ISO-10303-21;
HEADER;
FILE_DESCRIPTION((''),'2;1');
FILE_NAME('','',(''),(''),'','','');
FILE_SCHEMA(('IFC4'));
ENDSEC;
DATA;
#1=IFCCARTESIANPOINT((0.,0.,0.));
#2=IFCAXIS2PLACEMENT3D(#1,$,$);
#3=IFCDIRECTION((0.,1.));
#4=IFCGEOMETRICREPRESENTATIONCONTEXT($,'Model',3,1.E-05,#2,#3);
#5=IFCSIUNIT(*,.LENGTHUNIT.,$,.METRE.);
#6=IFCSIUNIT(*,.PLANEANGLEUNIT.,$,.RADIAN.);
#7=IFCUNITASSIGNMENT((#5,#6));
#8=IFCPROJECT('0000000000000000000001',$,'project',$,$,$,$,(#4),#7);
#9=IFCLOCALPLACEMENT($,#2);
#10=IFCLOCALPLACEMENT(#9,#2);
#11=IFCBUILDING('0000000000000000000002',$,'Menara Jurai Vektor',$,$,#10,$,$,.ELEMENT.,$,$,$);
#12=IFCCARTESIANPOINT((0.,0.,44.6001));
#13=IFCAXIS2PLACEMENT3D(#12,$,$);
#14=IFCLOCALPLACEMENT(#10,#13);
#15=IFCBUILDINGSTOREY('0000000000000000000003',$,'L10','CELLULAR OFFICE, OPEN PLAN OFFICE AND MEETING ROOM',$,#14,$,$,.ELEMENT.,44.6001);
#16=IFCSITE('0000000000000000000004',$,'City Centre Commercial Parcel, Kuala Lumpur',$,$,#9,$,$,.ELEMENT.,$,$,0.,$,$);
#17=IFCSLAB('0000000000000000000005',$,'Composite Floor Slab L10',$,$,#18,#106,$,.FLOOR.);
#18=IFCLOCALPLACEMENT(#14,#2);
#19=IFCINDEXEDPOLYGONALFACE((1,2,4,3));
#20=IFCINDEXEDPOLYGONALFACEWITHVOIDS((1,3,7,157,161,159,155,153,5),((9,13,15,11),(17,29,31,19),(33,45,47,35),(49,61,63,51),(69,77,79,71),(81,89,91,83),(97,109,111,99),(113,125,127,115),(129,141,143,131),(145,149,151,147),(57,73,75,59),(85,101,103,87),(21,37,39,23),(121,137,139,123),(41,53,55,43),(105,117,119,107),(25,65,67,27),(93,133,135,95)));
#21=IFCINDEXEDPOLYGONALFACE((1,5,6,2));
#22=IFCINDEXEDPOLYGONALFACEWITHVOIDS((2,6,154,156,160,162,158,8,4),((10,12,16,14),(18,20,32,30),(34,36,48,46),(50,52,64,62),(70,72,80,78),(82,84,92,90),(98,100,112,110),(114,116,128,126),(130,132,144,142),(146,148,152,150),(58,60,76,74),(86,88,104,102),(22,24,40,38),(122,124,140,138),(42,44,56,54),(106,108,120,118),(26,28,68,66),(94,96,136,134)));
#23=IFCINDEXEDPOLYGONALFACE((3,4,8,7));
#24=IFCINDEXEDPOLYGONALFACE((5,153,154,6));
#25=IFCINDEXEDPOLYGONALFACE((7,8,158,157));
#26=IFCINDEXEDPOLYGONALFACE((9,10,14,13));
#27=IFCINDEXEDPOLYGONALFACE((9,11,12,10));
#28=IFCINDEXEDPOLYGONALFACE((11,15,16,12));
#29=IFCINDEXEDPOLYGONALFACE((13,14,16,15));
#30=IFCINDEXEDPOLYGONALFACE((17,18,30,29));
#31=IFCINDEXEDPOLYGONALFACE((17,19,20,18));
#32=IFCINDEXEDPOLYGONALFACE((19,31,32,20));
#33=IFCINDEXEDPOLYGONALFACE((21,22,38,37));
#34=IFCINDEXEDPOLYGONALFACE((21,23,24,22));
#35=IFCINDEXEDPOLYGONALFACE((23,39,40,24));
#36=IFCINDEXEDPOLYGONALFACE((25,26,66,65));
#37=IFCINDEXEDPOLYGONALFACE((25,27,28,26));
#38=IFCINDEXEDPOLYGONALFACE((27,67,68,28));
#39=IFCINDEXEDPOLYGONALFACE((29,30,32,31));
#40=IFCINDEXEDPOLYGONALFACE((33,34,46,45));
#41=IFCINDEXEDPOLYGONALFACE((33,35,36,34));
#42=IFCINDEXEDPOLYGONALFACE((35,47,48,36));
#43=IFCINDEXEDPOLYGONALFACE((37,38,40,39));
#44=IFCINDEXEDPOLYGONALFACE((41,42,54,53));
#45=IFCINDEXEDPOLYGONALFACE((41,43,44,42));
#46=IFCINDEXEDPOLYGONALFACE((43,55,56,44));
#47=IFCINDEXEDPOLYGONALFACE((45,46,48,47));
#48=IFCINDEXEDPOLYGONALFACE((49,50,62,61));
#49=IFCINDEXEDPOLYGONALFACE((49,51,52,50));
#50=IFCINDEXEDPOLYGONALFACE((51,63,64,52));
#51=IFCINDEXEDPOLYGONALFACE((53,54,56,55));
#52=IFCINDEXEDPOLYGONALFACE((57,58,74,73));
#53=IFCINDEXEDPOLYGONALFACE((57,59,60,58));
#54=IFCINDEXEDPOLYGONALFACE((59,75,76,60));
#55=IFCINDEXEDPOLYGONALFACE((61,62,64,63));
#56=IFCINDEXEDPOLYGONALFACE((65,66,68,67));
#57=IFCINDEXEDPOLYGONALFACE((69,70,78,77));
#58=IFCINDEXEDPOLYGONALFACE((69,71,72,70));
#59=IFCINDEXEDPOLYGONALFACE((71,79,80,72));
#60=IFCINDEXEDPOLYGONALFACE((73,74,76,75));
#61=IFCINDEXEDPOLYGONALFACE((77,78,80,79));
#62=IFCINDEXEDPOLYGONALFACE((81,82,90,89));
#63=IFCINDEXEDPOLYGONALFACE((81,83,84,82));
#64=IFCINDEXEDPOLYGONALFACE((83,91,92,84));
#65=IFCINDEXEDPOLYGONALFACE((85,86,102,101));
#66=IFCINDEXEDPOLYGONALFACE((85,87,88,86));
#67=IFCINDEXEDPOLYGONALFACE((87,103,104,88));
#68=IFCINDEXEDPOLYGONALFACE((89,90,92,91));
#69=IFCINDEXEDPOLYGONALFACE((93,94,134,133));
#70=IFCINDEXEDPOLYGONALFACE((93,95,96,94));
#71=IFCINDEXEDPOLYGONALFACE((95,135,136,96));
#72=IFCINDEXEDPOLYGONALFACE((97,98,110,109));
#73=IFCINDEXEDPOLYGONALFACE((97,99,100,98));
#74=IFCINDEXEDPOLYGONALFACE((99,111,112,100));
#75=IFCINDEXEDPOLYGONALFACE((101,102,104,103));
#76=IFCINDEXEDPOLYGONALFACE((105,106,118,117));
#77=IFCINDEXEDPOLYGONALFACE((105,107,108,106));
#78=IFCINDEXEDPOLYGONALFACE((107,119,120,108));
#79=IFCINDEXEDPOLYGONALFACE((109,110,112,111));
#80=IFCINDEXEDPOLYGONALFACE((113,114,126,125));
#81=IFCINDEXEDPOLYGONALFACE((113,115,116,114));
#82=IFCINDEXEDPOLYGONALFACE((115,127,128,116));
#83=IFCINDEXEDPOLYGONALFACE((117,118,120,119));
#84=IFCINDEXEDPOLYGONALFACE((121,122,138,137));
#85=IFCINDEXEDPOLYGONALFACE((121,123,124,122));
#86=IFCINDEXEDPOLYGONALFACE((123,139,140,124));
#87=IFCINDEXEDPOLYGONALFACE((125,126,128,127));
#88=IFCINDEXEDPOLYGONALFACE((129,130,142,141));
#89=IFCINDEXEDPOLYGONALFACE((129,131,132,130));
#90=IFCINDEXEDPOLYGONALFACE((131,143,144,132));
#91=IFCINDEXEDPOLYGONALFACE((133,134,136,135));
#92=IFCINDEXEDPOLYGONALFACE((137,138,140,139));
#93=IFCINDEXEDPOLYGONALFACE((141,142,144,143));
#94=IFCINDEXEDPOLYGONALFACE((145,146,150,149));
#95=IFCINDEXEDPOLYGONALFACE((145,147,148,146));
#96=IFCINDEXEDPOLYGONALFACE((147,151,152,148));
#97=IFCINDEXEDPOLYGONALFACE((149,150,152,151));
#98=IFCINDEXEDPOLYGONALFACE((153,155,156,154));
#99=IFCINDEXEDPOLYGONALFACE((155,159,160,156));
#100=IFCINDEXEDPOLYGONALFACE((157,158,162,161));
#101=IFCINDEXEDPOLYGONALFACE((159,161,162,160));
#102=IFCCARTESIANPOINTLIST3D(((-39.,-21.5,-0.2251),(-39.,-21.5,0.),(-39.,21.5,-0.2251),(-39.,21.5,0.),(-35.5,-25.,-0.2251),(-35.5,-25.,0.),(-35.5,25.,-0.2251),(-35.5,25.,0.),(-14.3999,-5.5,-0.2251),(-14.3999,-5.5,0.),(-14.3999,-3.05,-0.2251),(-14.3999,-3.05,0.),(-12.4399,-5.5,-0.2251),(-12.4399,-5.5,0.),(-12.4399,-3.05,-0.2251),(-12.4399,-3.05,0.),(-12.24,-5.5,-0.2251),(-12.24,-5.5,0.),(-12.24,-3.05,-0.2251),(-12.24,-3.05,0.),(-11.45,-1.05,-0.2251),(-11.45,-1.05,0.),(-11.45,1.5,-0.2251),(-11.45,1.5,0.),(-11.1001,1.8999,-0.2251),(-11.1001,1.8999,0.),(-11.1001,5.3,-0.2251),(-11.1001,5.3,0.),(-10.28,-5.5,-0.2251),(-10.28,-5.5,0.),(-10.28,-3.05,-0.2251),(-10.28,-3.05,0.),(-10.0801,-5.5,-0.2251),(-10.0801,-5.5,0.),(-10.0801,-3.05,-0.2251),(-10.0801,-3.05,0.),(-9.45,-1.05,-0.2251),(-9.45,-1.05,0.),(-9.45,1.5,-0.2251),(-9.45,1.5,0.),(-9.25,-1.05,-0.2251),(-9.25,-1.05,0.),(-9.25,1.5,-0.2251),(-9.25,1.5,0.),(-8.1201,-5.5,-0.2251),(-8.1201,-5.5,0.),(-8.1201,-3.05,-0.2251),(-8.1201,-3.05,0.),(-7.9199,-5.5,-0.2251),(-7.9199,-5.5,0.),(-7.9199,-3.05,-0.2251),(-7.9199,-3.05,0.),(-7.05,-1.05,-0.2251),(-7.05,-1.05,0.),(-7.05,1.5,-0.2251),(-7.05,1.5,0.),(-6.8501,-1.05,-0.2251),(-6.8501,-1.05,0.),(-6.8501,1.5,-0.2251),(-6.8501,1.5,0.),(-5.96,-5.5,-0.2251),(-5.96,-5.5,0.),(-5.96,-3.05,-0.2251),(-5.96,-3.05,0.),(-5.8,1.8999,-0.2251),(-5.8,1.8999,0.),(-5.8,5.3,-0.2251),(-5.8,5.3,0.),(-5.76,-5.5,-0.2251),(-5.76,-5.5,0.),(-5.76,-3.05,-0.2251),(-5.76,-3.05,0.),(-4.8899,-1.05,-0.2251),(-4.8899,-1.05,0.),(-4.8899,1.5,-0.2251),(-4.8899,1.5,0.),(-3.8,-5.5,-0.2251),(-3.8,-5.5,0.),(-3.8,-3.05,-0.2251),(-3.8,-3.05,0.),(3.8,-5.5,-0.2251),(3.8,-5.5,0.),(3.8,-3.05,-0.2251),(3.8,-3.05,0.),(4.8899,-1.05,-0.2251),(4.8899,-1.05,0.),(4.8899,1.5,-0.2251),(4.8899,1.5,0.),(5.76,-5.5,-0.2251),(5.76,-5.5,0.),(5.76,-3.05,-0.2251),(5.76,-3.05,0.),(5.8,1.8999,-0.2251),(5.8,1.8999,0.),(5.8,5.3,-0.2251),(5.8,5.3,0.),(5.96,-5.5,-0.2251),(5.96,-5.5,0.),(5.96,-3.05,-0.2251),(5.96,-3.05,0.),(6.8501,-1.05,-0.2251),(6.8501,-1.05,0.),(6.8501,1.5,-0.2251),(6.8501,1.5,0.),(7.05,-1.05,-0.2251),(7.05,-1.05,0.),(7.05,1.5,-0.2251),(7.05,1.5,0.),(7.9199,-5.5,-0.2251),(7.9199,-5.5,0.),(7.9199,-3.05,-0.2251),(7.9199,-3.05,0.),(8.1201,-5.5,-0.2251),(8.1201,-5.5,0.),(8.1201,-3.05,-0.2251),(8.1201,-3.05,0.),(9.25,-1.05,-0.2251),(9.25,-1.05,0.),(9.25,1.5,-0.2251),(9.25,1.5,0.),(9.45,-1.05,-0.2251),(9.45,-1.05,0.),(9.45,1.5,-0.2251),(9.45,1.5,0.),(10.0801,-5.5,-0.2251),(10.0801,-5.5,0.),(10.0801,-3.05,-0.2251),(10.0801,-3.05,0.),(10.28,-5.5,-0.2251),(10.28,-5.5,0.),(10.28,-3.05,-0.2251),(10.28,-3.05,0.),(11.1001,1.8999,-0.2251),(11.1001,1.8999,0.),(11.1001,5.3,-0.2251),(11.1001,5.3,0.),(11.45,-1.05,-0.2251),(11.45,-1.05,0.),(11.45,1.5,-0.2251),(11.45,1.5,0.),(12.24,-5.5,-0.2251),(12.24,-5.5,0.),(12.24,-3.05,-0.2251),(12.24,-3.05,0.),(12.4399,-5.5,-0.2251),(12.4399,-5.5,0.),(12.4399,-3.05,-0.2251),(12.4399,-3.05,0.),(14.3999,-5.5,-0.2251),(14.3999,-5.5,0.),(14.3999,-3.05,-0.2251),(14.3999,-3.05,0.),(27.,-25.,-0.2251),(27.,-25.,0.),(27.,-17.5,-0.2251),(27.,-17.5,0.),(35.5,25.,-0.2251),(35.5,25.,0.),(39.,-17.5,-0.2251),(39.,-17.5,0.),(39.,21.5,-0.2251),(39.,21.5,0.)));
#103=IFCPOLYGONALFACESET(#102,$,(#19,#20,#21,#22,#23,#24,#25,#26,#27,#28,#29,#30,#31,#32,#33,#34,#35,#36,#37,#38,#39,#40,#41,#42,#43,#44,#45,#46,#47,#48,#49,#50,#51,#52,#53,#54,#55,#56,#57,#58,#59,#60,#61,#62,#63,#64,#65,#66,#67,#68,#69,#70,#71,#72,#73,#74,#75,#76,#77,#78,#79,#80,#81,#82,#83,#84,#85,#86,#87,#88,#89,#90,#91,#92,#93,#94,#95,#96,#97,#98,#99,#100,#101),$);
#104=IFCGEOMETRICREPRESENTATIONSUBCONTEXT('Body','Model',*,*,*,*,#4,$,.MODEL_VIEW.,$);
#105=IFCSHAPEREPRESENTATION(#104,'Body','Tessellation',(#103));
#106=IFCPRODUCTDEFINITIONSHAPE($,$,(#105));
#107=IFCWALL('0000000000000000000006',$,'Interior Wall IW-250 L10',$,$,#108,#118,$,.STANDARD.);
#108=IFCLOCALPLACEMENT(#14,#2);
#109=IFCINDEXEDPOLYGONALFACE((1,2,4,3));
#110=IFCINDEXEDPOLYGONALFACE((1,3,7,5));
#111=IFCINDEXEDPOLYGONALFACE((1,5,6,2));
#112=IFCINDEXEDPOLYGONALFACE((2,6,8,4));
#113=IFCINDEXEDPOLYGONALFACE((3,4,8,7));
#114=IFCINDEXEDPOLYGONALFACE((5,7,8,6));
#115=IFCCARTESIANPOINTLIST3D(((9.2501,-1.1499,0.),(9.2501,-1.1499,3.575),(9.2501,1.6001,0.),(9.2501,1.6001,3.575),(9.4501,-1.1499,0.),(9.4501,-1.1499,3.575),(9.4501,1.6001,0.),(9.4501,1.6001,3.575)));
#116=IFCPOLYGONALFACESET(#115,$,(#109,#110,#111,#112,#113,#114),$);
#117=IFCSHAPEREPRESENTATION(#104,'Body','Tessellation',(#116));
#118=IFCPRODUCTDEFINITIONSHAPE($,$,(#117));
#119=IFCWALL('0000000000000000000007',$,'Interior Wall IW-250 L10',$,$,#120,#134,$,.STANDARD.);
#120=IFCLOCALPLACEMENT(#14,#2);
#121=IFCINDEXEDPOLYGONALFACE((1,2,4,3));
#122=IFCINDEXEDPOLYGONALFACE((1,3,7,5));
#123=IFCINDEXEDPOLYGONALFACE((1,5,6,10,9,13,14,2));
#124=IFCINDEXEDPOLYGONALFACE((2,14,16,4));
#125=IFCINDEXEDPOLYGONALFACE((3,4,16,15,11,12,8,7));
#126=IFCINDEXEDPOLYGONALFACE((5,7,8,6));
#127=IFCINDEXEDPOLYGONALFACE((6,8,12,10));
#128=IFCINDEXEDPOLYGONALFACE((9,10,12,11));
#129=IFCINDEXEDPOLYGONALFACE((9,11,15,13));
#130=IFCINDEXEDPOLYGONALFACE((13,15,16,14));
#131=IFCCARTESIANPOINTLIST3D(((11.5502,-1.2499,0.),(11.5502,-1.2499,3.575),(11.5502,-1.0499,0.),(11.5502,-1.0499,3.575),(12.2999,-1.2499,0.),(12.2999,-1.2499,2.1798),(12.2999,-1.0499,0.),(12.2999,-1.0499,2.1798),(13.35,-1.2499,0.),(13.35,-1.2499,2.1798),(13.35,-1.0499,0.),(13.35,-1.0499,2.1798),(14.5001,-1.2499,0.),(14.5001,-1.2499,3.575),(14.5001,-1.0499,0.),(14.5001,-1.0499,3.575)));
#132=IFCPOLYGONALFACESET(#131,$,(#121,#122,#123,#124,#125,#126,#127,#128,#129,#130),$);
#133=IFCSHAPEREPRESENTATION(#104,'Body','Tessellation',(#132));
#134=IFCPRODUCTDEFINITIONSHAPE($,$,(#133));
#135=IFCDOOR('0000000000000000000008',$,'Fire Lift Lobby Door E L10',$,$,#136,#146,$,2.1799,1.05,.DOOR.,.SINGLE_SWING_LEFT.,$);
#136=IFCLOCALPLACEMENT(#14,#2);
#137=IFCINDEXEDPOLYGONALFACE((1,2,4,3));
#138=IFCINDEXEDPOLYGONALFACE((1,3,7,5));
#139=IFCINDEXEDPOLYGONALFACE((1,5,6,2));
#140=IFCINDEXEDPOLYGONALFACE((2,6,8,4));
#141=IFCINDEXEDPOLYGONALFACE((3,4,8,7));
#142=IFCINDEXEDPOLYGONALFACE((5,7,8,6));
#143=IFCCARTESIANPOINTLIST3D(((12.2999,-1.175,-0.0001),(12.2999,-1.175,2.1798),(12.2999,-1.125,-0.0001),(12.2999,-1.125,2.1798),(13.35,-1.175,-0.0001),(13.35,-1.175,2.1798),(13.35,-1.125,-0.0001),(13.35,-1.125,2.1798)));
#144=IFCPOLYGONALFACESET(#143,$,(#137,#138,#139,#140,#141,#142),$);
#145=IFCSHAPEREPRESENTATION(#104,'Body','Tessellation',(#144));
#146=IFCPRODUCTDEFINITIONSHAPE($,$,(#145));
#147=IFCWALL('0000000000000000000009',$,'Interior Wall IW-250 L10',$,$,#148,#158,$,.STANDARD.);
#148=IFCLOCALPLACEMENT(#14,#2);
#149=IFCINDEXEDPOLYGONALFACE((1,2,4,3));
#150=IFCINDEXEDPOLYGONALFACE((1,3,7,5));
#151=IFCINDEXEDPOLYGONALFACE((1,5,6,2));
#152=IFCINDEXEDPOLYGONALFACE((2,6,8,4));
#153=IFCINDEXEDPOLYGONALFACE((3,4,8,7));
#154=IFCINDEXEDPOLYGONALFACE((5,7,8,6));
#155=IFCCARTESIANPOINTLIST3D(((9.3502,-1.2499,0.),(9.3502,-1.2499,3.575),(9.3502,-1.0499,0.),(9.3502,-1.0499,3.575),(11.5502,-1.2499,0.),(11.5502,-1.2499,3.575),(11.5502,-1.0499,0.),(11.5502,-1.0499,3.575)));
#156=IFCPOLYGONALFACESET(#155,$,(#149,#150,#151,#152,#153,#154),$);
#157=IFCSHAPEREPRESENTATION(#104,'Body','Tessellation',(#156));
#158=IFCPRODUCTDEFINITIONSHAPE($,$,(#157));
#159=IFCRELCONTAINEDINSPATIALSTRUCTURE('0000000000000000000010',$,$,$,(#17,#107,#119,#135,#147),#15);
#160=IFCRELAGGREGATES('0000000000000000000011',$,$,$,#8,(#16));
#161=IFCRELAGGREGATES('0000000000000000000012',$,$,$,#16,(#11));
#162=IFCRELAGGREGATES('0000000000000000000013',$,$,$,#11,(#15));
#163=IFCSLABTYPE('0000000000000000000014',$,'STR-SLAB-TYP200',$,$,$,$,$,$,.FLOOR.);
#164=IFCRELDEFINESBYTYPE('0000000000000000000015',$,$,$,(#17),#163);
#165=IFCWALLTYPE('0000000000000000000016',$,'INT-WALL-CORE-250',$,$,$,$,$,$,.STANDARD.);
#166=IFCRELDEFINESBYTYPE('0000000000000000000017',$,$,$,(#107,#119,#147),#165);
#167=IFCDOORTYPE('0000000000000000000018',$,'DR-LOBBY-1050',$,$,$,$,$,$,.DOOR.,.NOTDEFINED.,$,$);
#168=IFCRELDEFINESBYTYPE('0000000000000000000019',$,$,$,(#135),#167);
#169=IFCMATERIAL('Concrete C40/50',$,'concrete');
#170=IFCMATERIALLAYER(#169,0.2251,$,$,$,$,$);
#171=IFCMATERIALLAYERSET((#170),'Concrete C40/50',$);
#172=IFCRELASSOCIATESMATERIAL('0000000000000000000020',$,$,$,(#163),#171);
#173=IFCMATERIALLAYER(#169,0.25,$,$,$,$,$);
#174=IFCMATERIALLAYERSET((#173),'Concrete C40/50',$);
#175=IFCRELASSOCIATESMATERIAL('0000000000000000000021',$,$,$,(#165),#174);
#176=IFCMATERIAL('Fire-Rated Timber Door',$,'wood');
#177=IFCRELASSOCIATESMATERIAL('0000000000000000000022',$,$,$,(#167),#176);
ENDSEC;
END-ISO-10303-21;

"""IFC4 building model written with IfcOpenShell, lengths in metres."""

from ifc_helpers import new_model, si_unit, direction, frame, frame_2d, origin, place, context, subcontext, project, spatial, polyline, rectangle, outline, extrude, material, layer, layer_set, type_object, element, fill, save


model = new_model("IFC4")

# Units and contexts
model_context = context("Model", 3, precision=1e-05, world=origin(), true_north=direction((0.0, 1.0)))
body_context = subcontext(model_context, "Body", "Model", "MODEL_VIEW")
ifc_project = project(units=[si_unit("LENGTHUNIT", "METRE"), si_unit("PLANEANGLEUNIT", "RADIAN")], contexts=[model_context])

# Site, building, storey
site_placement = place(None, origin())
site = spatial("IfcSite", under=ifc_project, at=site_placement, Name="City Centre Commercial Parcel, Kuala Lumpur", CompositionType="ELEMENT", RefElevation=0.0)
building_placement = place(site_placement, origin())
building = spatial("IfcBuilding", under=site, at=building_placement, Name="Menara Jurai Vektor", CompositionType="ELEMENT")
storey_placement = place(building_placement, frame((0.0, 0.0, 44.6001)))
storey = spatial("IfcBuildingStorey", under=building, at=storey_placement, Name="L10", Description="CELLULAR OFFICE, OPEN PLAN OFFICE AND MEETING ROOM", CompositionType="ELEMENT", Elevation=44.6001)

# Shared definitions
ifc_material_1 = material(Name="Concrete C40/50", Category="concrete")

# Slab
ifc_layer_1 = layer(ifc_material_1, 0.2251)
ifc_layer_set_1 = layer_set([ifc_layer_1], Name="Concrete C40/50")
slab_type_1 = type_object("IfcSlabType", Name="STR-SLAB-TYP200", PredefinedType="FLOOR", material=ifc_layer_set_1)
slab_1_placement = place(storey_placement, frame((0.0, 0.0, -0.2251)))
element("IfcSlab", 1, at=slab_1_placement, inside=storey, type_object=slab_type_1, Name="Composite Floor Slab L10", PredefinedType="FLOOR", context=body_context, shape_type="SweptSolid", body=[
    extrude(outline(polyline([(27.0, -25.0), (27.0, -17.5), (39.0, -17.5), (39.0, 21.5), (35.5, 25.0), (-35.5, 25.0), (-39.0, 21.5), (-39.0, -21.5), (-35.5, -25.0), (27.0, -25.0)]), holes=[polyline([(-11.1001, 1.8999), (-11.1001, 5.3), (-5.8, 5.3), (-5.8, 1.8999), (-11.1001, 1.8999)]), polyline([(5.8, 1.8999), (5.8, 5.3), (11.1001, 5.3), (11.1001, 1.8999), (5.8, 1.8999)]), polyline([(-11.45, -1.05), (-11.45, 1.5), (-9.45, 1.5), (-9.45, -1.05), (-11.45, -1.05)]), polyline([(9.45, -1.05), (9.45, 1.5), (11.45, 1.5), (11.45, -1.05), (9.45, -1.05)]), polyline([(-5.76, -5.5), (-5.76, -3.05), (-3.8, -3.05), (-3.8, -5.5), (-5.76, -5.5)]), polyline([(-6.8501, -1.05), (-6.8501, 1.5), (-4.8899, 1.5), (-4.8899, -1.05), (-6.8501, -1.05)]), polyline([(3.8, -5.5), (3.8, -3.05), (5.76, -3.05), (5.76, -5.5), (3.8, -5.5)]), polyline([(4.8899, -1.05), (4.8899, 1.5), (6.8501, 1.5), (6.8501, -1.05), (4.8899, -1.05)]), polyline([(-14.3999, -5.5), (-14.3999, -3.05), (-12.4399, -3.05), (-12.4399, -5.5), (-14.3999, -5.5)]), polyline([(-12.24, -5.5), (-12.24, -3.05), (-10.28, -3.05), (-10.28, -5.5), (-12.24, -5.5)]), polyline([(10.28, -5.5), (10.28, -3.05), (12.24, -3.05), (12.24, -5.5), (10.28, -5.5)]), polyline([(12.4399, -5.5), (12.4399, -3.05), (14.3999, -3.05), (14.3999, -5.5), (12.4399, -5.5)]), polyline([(-10.0801, -5.5), (-10.0801, -3.05), (-8.1201, -3.05), (-8.1201, -5.5), (-10.0801, -5.5)]), polyline([(-7.9199, -5.5), (-7.9199, -3.05), (-5.96, -3.05), (-5.96, -5.5), (-7.9199, -5.5)]), polyline([(5.96, -5.5), (5.96, -3.05), (7.9199, -3.05), (7.9199, -5.5), (5.96, -5.5)]), polyline([(8.1201, -5.5), (8.1201, -3.05), (10.0801, -3.05), (10.0801, -5.5), (8.1201, -5.5)]), polyline([(-9.25, -1.05), (-9.25, 1.5), (-7.05, 1.5), (-7.05, -1.05), (-9.25, -1.05)]), polyline([(7.05, -1.05), (7.05, 1.5), (9.25, 1.5), (9.25, -1.05), (7.05, -1.05)])]), origin(), (0.0, 0.0, 1.0), 0.2251),
])

# Shared definitions
ifc_layer_2 = layer(ifc_material_1, 0.25)
ifc_layer_set_2 = layer_set([ifc_layer_2], Name="Concrete C40/50")
wall_type_1 = type_object("IfcWallType", Name="INT-WALL-CORE-250", PredefinedType="STANDARD", material=ifc_layer_set_2)

# Wall
wall_1_placement = place(storey_placement, frame((9.3501, -1.1499, 0.0), z_axis=(0.0, 0.0, 1.0), x_axis=(0.0, 1.0, 0.0)))
element("IfcWall", 2, at=wall_1_placement, inside=storey, type_object=wall_type_1, Name="Interior Wall IW-250 L10", PredefinedType="STANDARD", context=body_context, shape_type="SweptSolid", body=[
    extrude(rectangle(XDim=2.75, YDim=0.2, at=frame_2d((1.375, 0.0))), origin(), (0.0, 0.0, 1.0), 3.575),
])

# Wall, opening, door
wall_2_placement = place(storey_placement, frame((11.55, -1.1499, 0.0), z_axis=(0.0, 0.0, 1.0), x_axis=(1.0, 0.0, 0.0)))
wall_2 = element("IfcWall", 3, at=wall_2_placement, inside=storey, type_object=wall_type_1, Name="Interior Wall IW-250 L10", PredefinedType="STANDARD", context=body_context, shape_type="SweptSolid", body=[
    extrude(rectangle(XDim=2.95, YDim=0.2, at=frame_2d((1.4751, 0.0))), origin(), (0.0, 0.0, 1.0), 3.575),
])
opening_1_placement = place(wall_2_placement, frame((0.75, 0.0, 0.0)))
opening_1 = element("IfcOpeningElement", 4, at=opening_1_placement, cuts=wall_2, PredefinedType="OPENING", context=body_context, shape_type="SweptSolid", body=[
    extrude(rectangle(XDim=1.05, YDim=2.1799, at=frame_2d((0.5249, 1.0898))), frame((0.0, 0.1099, 0.0), z_axis=(0.0, -1.0, 0.0), x_axis=(1.0, 0.0, 0.0)), (0.0, 0.0, 1.0), 0.22),
])
ifc_material_2 = material(Name="Fire-Rated Timber Door", Category="wood")
door_type_1 = type_object("IfcDoorType", Name="DR-LOBBY-1050", OperationType="NOTDEFINED", PredefinedType="DOOR", material=ifc_material_2)
door_1_placement = place(opening_1_placement, origin())
door_1 = element("IfcDoor", 5, at=door_1_placement, inside=storey, type_object=door_type_1, Name="Fire Lift Lobby Door E L10", OperationType="SINGLE_SWING_LEFT", OverallHeight=2.1799, OverallWidth=1.05, PredefinedType="DOOR", context=body_context, shape_type="SweptSolid", body=[
    extrude(rectangle(XDim=1.05, YDim=2.1799, at=frame_2d((0.5249, 1.0898))), frame((0.0, 0.0249, 0.0), z_axis=(0.0, -1.0, 0.0), x_axis=(1.0, 0.0, 0.0)), (0.0, 0.0, 1.0), 0.05),
])
fill(opening_1, door_1)

# Wall
wall_3_placement = place(storey_placement, frame((9.3501, -1.1499, 0.0), z_axis=(0.0, 0.0, 1.0), x_axis=(1.0, 0.0, 0.0)))
element("IfcWall", 6, at=wall_3_placement, inside=storey, type_object=wall_type_1, Name="Interior Wall IW-250 L10", PredefinedType="STANDARD", context=body_context, shape_type="SweptSolid", body=[
    extrude(rectangle(XDim=2.2, YDim=0.2, at=frame_2d((1.1001, 0.0))), origin(), (0.0, 0.0, 1.0), 3.575),
])

save(model, "model.ifc")
